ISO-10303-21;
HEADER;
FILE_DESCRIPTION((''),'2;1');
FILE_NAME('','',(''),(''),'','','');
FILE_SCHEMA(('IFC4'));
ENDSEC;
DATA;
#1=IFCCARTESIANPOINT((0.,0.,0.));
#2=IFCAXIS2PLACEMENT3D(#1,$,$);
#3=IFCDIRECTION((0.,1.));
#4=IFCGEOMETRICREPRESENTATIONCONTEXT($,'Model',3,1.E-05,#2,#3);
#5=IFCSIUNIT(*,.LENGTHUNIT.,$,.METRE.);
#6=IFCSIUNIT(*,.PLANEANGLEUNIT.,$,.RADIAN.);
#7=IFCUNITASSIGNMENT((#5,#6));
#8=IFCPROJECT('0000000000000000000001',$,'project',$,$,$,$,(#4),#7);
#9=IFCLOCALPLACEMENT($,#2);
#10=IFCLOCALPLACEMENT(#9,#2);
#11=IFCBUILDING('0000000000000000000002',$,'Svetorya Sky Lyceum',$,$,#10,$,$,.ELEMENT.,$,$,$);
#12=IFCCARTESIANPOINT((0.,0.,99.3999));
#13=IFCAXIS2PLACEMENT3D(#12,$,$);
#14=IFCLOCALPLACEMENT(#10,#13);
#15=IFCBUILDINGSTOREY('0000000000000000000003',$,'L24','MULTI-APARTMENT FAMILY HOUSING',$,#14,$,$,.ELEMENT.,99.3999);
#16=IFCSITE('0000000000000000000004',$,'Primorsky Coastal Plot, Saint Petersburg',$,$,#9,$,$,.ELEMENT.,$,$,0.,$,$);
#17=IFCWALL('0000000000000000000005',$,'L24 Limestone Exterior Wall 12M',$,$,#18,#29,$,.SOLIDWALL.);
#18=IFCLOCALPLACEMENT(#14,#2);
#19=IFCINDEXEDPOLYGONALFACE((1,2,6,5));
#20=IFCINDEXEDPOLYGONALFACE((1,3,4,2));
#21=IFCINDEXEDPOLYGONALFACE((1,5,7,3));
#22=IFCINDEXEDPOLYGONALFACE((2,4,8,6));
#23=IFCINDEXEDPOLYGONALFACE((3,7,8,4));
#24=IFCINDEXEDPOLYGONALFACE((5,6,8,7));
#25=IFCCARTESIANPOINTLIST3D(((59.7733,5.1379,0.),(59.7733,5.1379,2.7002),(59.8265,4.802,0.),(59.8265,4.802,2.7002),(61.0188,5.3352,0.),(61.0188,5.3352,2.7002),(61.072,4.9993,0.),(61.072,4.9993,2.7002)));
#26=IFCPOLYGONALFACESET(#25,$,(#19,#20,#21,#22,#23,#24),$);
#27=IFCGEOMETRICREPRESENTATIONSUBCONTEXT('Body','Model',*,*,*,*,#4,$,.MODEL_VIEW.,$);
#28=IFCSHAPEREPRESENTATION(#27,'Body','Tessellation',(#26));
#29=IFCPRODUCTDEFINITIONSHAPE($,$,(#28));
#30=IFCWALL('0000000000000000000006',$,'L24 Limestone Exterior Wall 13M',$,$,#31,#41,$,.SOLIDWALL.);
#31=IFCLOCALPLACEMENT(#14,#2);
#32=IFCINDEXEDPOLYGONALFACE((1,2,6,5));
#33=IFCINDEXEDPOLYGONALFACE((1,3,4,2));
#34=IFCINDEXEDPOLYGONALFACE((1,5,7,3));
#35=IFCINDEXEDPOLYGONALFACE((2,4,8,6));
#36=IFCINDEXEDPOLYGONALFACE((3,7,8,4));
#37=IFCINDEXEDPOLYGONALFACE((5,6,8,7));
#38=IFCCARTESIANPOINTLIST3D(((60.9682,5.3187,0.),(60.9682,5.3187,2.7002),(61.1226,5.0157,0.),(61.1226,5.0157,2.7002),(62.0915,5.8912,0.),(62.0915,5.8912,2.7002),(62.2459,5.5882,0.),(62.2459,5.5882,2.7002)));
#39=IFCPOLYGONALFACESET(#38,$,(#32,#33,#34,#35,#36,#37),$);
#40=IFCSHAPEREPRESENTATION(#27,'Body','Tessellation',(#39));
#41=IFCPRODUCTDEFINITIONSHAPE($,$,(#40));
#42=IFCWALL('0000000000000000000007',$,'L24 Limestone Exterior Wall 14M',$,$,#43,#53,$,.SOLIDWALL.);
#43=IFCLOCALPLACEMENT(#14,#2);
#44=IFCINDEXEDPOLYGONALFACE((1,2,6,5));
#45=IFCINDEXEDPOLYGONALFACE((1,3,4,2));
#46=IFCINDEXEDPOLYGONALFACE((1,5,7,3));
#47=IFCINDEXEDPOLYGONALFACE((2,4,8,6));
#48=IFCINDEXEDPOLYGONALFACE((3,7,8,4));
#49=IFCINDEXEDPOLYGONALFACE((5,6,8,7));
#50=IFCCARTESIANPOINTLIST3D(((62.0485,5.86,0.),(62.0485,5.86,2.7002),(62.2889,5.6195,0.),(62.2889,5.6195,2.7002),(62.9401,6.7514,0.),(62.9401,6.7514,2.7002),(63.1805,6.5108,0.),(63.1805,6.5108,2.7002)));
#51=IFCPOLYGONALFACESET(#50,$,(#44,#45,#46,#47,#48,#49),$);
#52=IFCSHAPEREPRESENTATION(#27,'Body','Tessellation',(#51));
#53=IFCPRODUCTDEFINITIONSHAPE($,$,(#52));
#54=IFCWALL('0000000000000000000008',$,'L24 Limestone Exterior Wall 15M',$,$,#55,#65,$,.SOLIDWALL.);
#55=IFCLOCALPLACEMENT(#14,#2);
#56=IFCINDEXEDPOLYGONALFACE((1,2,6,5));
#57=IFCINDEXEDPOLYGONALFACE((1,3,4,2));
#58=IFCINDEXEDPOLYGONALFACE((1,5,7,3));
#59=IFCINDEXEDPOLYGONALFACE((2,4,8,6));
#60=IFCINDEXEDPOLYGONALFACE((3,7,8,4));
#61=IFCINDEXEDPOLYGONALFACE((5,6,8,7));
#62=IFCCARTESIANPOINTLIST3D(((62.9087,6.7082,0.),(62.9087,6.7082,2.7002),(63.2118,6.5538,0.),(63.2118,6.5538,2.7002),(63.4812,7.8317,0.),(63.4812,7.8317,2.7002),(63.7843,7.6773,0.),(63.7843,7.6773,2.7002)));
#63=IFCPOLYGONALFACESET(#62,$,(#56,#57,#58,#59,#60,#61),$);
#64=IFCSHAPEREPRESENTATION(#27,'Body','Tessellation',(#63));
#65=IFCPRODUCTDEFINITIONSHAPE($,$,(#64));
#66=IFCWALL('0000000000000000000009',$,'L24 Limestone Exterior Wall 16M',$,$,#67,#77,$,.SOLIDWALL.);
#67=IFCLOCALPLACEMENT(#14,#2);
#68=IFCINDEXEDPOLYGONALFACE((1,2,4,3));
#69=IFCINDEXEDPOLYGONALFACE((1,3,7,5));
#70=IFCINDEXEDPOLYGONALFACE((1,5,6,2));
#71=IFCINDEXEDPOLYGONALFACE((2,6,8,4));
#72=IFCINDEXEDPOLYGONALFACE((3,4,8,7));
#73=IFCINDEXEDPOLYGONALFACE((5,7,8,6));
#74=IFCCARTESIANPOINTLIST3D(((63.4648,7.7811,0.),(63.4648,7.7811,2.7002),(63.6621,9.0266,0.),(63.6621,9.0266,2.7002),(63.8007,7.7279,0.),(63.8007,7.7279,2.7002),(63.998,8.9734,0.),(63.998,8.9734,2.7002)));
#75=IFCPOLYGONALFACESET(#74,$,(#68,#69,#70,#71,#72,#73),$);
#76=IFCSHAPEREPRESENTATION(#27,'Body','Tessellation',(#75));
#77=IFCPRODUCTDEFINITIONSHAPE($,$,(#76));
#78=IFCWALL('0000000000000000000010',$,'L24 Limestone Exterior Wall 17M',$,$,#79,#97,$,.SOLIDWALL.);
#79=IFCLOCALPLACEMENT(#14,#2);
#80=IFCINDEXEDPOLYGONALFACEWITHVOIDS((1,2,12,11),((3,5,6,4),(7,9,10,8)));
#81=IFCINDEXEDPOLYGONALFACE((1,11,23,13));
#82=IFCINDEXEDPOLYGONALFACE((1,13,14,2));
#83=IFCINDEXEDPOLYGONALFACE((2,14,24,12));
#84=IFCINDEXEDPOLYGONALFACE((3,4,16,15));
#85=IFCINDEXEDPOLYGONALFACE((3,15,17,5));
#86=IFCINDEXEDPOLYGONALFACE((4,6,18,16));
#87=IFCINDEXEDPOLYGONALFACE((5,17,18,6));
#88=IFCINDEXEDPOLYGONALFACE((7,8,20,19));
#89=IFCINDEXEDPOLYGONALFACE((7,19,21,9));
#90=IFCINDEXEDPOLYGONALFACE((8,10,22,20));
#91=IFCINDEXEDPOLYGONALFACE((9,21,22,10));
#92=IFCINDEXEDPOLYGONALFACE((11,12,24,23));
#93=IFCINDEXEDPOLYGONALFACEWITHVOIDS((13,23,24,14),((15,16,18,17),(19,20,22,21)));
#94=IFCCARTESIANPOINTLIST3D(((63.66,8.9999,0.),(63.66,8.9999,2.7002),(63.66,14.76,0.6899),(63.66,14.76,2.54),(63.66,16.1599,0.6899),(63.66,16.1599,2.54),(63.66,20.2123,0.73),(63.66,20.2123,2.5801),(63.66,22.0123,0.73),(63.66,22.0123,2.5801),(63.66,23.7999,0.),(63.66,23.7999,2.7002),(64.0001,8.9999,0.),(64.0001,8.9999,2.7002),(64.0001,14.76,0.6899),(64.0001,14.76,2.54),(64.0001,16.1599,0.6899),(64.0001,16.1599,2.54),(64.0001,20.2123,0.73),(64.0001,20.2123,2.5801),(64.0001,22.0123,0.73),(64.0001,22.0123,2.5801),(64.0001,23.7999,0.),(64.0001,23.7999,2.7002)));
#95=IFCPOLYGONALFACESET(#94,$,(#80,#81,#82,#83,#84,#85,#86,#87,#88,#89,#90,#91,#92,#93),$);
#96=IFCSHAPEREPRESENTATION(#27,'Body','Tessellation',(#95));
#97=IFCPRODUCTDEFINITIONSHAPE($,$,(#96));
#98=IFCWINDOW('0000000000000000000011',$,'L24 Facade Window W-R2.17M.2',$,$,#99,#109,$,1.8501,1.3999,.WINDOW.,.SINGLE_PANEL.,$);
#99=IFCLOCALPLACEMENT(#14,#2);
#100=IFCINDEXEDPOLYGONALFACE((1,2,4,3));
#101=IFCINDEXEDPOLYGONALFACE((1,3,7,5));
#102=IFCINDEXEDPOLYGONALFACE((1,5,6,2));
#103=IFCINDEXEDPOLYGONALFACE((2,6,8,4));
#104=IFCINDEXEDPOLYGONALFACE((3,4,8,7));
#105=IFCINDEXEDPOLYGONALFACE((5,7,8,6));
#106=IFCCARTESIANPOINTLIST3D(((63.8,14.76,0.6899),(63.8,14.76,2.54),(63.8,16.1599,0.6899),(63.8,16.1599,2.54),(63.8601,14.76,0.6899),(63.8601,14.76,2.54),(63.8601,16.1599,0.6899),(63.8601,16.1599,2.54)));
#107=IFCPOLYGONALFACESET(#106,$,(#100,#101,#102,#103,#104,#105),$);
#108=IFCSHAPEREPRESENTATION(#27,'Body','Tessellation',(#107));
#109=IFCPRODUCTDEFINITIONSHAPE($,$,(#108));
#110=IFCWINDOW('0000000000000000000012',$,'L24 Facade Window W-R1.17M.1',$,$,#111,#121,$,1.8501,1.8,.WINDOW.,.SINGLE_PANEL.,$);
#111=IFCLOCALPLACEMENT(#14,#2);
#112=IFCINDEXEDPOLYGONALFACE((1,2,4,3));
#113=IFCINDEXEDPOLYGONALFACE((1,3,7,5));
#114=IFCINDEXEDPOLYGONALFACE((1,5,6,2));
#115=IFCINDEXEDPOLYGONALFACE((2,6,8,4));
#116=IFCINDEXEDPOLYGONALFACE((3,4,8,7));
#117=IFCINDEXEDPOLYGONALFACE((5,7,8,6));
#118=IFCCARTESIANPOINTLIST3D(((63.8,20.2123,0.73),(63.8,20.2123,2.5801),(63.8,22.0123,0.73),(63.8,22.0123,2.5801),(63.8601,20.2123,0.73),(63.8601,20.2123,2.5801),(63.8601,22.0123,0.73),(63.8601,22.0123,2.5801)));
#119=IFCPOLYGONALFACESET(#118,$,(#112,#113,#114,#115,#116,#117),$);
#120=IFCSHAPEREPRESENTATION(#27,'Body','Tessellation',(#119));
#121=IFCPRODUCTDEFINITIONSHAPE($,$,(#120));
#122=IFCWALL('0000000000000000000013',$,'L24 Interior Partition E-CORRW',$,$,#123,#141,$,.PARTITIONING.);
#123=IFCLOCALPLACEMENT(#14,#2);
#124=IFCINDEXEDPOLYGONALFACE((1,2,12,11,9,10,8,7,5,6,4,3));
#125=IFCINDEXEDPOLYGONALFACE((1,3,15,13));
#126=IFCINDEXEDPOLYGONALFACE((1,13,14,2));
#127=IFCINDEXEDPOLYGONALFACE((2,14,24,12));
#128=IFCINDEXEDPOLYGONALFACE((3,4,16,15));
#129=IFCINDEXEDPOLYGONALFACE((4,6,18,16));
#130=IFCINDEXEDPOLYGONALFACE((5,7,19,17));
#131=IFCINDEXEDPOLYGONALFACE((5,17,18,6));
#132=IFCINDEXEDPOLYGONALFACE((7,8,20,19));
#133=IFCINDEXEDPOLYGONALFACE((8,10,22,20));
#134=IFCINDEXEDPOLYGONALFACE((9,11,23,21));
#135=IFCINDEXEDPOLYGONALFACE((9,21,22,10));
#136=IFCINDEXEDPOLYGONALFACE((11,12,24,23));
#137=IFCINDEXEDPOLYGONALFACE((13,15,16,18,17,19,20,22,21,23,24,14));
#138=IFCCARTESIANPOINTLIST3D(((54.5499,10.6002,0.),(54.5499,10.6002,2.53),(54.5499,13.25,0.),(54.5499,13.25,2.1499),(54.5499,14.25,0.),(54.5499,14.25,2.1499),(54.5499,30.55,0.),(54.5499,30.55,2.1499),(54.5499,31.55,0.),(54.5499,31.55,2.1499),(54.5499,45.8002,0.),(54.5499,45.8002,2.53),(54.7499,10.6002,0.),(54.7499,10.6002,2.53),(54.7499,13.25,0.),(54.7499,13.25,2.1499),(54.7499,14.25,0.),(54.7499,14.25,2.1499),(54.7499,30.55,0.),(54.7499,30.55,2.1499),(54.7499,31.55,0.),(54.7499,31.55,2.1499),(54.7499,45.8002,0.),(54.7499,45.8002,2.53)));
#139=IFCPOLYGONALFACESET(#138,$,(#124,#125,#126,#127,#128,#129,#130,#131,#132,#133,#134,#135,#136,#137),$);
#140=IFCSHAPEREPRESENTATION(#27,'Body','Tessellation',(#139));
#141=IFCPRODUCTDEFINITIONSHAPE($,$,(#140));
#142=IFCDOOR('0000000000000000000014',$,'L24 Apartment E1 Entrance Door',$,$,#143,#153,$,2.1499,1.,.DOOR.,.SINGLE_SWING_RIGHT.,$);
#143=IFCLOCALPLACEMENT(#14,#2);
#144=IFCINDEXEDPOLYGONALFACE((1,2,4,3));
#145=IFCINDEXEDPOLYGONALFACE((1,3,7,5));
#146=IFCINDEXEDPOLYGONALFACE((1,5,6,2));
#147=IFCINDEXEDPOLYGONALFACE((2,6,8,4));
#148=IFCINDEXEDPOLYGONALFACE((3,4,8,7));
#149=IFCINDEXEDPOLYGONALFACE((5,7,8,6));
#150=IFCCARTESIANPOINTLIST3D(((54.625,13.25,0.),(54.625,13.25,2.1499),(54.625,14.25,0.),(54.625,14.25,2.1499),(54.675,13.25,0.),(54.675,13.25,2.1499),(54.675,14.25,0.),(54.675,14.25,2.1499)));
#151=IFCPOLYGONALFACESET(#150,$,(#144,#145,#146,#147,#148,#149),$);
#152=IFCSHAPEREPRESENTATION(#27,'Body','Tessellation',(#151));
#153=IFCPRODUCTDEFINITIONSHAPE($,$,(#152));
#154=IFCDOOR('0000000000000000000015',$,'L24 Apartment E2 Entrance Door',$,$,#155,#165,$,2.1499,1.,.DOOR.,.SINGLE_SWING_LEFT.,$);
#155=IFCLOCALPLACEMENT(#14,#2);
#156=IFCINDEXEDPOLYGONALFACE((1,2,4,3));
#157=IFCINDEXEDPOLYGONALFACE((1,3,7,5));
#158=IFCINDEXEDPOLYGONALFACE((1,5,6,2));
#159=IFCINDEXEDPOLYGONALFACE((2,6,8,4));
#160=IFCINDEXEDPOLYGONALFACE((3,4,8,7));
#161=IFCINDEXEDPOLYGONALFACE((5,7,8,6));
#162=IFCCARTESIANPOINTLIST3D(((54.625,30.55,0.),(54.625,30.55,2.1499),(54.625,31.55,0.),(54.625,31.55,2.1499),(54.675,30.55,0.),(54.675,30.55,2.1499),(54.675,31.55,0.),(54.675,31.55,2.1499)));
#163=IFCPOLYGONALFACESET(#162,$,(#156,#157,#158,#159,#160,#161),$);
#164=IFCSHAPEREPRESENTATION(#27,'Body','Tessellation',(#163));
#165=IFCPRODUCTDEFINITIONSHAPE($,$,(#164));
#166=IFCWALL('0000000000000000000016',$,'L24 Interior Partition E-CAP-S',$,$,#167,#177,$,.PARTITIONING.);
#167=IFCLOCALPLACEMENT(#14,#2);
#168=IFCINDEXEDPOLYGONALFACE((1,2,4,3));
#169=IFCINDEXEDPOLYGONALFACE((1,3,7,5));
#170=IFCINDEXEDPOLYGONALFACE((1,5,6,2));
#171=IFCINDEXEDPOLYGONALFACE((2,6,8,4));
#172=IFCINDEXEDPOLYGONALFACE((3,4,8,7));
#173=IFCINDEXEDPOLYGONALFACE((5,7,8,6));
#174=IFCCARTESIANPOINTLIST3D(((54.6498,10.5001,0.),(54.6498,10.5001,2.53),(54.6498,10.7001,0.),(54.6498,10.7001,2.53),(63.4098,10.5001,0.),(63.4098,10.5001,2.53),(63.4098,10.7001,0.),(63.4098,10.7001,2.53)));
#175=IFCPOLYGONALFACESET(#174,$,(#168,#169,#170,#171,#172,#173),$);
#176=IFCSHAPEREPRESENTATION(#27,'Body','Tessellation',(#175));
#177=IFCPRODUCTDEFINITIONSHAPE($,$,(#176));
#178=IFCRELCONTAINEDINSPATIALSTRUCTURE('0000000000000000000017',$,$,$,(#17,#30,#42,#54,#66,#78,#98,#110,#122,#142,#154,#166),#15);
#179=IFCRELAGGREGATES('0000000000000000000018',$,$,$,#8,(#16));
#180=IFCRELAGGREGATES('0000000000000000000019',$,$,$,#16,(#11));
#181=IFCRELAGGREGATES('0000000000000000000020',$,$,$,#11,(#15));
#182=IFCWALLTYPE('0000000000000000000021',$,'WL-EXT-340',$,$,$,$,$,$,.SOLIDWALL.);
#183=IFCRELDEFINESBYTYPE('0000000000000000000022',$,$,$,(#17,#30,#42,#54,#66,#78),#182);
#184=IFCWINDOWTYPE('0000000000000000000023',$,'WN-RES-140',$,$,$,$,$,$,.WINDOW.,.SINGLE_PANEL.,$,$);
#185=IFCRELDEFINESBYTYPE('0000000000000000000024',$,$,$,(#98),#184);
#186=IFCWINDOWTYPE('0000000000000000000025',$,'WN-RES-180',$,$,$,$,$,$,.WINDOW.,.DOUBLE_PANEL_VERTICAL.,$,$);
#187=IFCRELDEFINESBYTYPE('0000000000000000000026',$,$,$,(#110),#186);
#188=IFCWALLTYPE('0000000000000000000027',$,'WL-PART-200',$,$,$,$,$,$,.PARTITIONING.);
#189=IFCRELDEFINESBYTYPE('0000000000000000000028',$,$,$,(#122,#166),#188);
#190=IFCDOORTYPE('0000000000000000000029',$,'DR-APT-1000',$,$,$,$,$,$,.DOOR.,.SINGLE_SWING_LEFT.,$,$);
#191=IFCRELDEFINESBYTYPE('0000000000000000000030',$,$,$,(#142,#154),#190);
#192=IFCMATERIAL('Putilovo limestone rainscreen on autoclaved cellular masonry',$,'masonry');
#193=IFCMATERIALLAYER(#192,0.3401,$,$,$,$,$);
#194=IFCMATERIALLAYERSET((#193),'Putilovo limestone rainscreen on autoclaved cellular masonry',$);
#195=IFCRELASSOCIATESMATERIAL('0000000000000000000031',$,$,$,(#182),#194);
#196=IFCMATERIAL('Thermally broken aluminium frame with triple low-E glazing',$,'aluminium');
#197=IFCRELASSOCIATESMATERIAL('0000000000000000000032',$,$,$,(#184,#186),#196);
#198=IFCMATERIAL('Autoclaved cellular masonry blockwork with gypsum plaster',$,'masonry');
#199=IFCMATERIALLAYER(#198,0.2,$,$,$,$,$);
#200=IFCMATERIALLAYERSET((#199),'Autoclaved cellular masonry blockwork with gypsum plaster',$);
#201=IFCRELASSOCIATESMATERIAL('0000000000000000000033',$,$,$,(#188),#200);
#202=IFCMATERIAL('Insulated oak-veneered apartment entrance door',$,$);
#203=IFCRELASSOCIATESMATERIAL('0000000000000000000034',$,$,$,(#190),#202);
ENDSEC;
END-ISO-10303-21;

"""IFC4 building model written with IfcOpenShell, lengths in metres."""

from ifc_helpers import new_model, si_unit, direction, frame, frame_2d, origin, place, context, subcontext, project, spatial, rectangle, extrude, material, layer, layer_set, type_object, element, fill, save


model = new_model("IFC4")

# Units and contexts
model_context = context("Model", 3, precision=1e-05, world=origin(), true_north=direction((0.0, 1.0)))
body_context = subcontext(model_context, "Body", "Model", "MODEL_VIEW")
ifc_project = project(units=[si_unit("LENGTHUNIT", "METRE"), si_unit("PLANEANGLEUNIT", "RADIAN")], contexts=[model_context])

# Site, building, storey
site_placement = place(None, origin())
site = spatial("IfcSite", under=ifc_project, at=site_placement, Name="Primorsky Coastal Plot, Saint Petersburg", CompositionType="ELEMENT", RefElevation=0.0)
building_placement = place(site_placement, origin())
building = spatial("IfcBuilding", under=site, at=building_placement, Name="Svetorya Sky Lyceum", CompositionType="ELEMENT")
storey_placement = place(building_placement, frame((0.0, 0.0, 99.3999)))
storey = spatial("IfcBuildingStorey", under=building, at=storey_placement, Name="L24", Description="MULTI-APARTMENT FAMILY HOUSING", CompositionType="ELEMENT", Elevation=99.3999)

# Shared definitions
ifc_material_1 = material(Name="Putilovo limestone rainscreen on autoclaved cellular masonry", Category="masonry")
ifc_layer_1 = layer(ifc_material_1, 0.3401)
ifc_layer_set_1 = layer_set([ifc_layer_1], Name="Putilovo limestone rainscreen on autoclaved cellular masonry")
wall_type_1 = type_object("IfcWallType", Name="WL-EXT-340", PredefinedType="SOLIDWALL", material=ifc_layer_set_1)
ifc_material_2 = material(Name="Thermally broken aluminium frame with triple low-E glazing", Category="aluminium")

# Walls
wall_1_placement = place(storey_placement, frame((59.8, 4.97, 0.0), z_axis=(0.0, 0.0, 1.0), x_axis=(0.987686, 0.15645, 0.0)))
element("IfcWall", 1, at=wall_1_placement, inside=storey, type_object=wall_type_1, Name="L24 Limestone Exterior Wall 12M", PredefinedType="SOLIDWALL", context=body_context, shape_type="SweptSolid", body=[
    extrude(rectangle(XDim=1.261, YDim=0.3401, at=frame_2d((0.6304, 0.0))), origin(), (0.0, 0.0, 1.0), 2.7002),
])
for number, where, z_axis, x_axis, name in (
    (2, (61.0454, 5.1672, 0.0), (0.0, 0.0, 1.0), (0.890954, 0.454094, 0.0), "L24 Limestone Exterior Wall 13M"),
    (3, (62.1687, 5.7397, 0.0), (0.0, 0.0, 1.0), (0.707204, 0.70701, 0.0), "L24 Limestone Exterior Wall 14M"),
):
    element("IfcWall", number, at=place(storey_placement, frame(where, z_axis=z_axis, x_axis=x_axis)), inside=storey, type_object=wall_type_1, Name=name, PredefinedType="SOLIDWALL", context=body_context, shape_type="SweptSolid", body=[
        extrude(rectangle(XDim=1.2607, YDim=0.3401, at=frame_2d((0.6304, 0.0))), origin(), (0.0, 0.0, 1.0), 2.7002),
    ])
for number, where, z_axis, x_axis, name in (
    (4, (63.0603, 6.6311, 0.0), (0.0, 0.0, 1.0), (0.454016, 0.890994, 0.0), "L24 Limestone Exterior Wall 15M"),
    (5, (63.6328, 7.7546, 0.0), (0.0, 0.0, 1.0), (0.15645, 0.987686, 0.0), "L24 Limestone Exterior Wall 16M"),
):
    element("IfcWall", number, at=place(storey_placement, frame(where, z_axis=z_axis, x_axis=x_axis)), inside=storey, type_object=wall_type_1, Name=name, PredefinedType="SOLIDWALL", context=body_context, shape_type="SweptSolid", body=[
        extrude(rectangle(XDim=1.261, YDim=0.3401, at=frame_2d((0.6304, 0.0))), origin(), (0.0, 0.0, 1.0), 2.7002),
    ])

# Wall, openings, windows
wall_2_placement = place(storey_placement, frame((63.8301, 9.0, 0.0), z_axis=(0.0, 0.0, 1.0), x_axis=(0.0, 1.0, 0.0)))
wall_2 = element("IfcWall", 6, at=wall_2_placement, inside=storey, type_object=wall_type_1, Name="L24 Limestone Exterior Wall 17M", PredefinedType="SOLIDWALL", context=body_context, shape_type="SweptSolid", body=[
    extrude(rectangle(XDim=14.8, YDim=0.3401, at=frame_2d((7.3999, 0.0))), origin(), (0.0, 0.0, 1.0), 2.7002),
])
opening_1_placement = place(wall_2_placement, frame((5.76, 0.0, 0.6899)))
opening_1 = element("IfcOpeningElement", 7, at=opening_1_placement, cuts=wall_2, PredefinedType="OPENING", context=body_context, shape_type="SweptSolid", body=[
    extrude(rectangle(XDim=1.3999, YDim=1.8501, at=frame_2d((0.7, 0.925))), frame((0.0, 0.1799, 0.0), z_axis=(0.0, -1.0, 0.0), x_axis=(1.0, 0.0, 0.0)), (0.0, 0.0, 1.0), 0.3601),
])
opening_2_placement = place(wall_2_placement, frame((11.2124, 0.0, 0.73)))
opening_2 = element("IfcOpeningElement", 8, at=opening_2_placement, cuts=wall_2, PredefinedType="OPENING", context=body_context, shape_type="SweptSolid", body=[
    extrude(rectangle(XDim=1.8, YDim=1.8501, at=frame_2d((0.8999, 0.925))), frame((0.0, 0.1799, 0.0), z_axis=(0.0, -1.0, 0.0), x_axis=(1.0, 0.0, 0.0)), (0.0, 0.0, 1.0), 0.3601),
])
window_type_1 = type_object("IfcWindowType", Name="WN-RES-140", PartitioningType="SINGLE_PANEL", PredefinedType="WINDOW", material=ifc_material_2)
window_1_placement = place(opening_1_placement, origin())
window_1 = element("IfcWindow", 9, at=window_1_placement, inside=storey, type_object=window_type_1, Name="L24 Facade Window W-R2.17M.2", OverallHeight=1.8501, OverallWidth=1.3999, PartitioningType="SINGLE_PANEL", PredefinedType="WINDOW", context=body_context, shape_type="SweptSolid", body=[
    extrude(rectangle(XDim=1.3999, YDim=1.8501, at=frame_2d((0.7, 0.925))), frame((0.0, 0.03, 0.0), z_axis=(0.0, -1.0, 0.0), x_axis=(1.0, 0.0, 0.0)), (0.0, 0.0, 1.0), 0.0601),
])
fill(opening_1, window_1)
window_type_2 = type_object("IfcWindowType", Name="WN-RES-180", PartitioningType="DOUBLE_PANEL_VERTICAL", PredefinedType="WINDOW", material=ifc_material_2)
window_2_placement = place(opening_2_placement, origin())
window_2 = element("IfcWindow", 10, at=window_2_placement, inside=storey, type_object=window_type_2, Name="L24 Facade Window W-R1.17M.1", OverallHeight=1.8501, OverallWidth=1.8, PartitioningType="SINGLE_PANEL", PredefinedType="WINDOW", context=body_context, shape_type="SweptSolid", body=[
    extrude(rectangle(XDim=1.8, YDim=1.8501, at=frame_2d((0.8999, 0.925))), frame((0.0, 0.03, 0.0), z_axis=(0.0, -1.0, 0.0), x_axis=(1.0, 0.0, 0.0)), (0.0, 0.0, 1.0), 0.0601),
])
fill(opening_2, window_2)

# Wall, openings, doors
ifc_material_3 = material(Name="Autoclaved cellular masonry blockwork with gypsum plaster", Category="masonry")
ifc_layer_2 = layer(ifc_material_3, 0.2)
ifc_layer_set_2 = layer_set([ifc_layer_2], Name="Autoclaved cellular masonry blockwork with gypsum plaster")
wall_type_2 = type_object("IfcWallType", Name="WL-PART-200", PredefinedType="PARTITIONING", material=ifc_layer_set_2)
wall_3_placement = place(storey_placement, frame((54.6499, 10.6001, 0.0), z_axis=(0.0, 0.0, 1.0), x_axis=(0.0, 1.0, 0.0)))
wall_3 = element("IfcWall", 11, at=wall_3_placement, inside=storey, type_object=wall_type_2, Name="L24 Interior Partition E-CORRW", PredefinedType="PARTITIONING", context=body_context, shape_type="SweptSolid", body=[
    extrude(rectangle(XDim=35.2, YDim=0.2, at=frame_2d((17.6001, 0.0))), origin(), (0.0, 0.0, 1.0), 2.53),
])
opening_3_placement = place(wall_3_placement, frame((2.6499, 0.0, 0.0)))
opening_3 = element("IfcOpeningElement", 12, at=opening_3_placement, cuts=wall_3, PredefinedType="OPENING", context=body_context, shape_type="SweptSolid", body=[
    extrude(rectangle(XDim=1.0, YDim=2.1499, at=frame_2d((0.5, 1.075))), frame((0.0, 0.1099, 0.0), z_axis=(0.0, -1.0, 0.0), x_axis=(1.0, 0.0, 0.0)), (0.0, 0.0, 1.0), 0.22),
])
opening_4_placement = place(wall_3_placement, frame((19.95, 0.0, 0.0)))
opening_4 = element("IfcOpeningElement", 13, at=opening_4_placement, cuts=wall_3, PredefinedType="OPENING", context=body_context, shape_type="SweptSolid", body=[
    extrude(rectangle(XDim=1.0, YDim=2.1499, at=frame_2d((0.5, 1.075))), frame((0.0, 0.1099, 0.0), z_axis=(0.0, -1.0, 0.0), x_axis=(1.0, 0.0, 0.0)), (0.0, 0.0, 1.0), 0.22),
])
ifc_material_4 = material(Name="Insulated oak-veneered apartment entrance door")
door_type_1 = type_object("IfcDoorType", Name="DR-APT-1000", OperationType="SINGLE_SWING_LEFT", PredefinedType="DOOR", material=ifc_material_4)
door_1_placement = place(opening_3_placement, origin())
door_1 = element("IfcDoor", 14, at=door_1_placement, inside=storey, type_object=door_type_1, Name="L24 Apartment E1 Entrance Door", OperationType="SINGLE_SWING_RIGHT", OverallHeight=2.1499, OverallWidth=1.0, PredefinedType="DOOR", context=body_context, shape_type="SweptSolid", body=[
    extrude(rectangle(XDim=1.0, YDim=2.1499, at=frame_2d((0.5, 1.075))), frame((0.0, 0.0249, 0.0), z_axis=(0.0, -1.0, 0.0), x_axis=(1.0, 0.0, 0.0)), (0.0, 0.0, 1.0), 0.05),
])
fill(opening_3, door_1)
door_2_placement = place(opening_4_placement, origin())
door_2 = element("IfcDoor", 15, at=door_2_placement, inside=storey, type_object=door_type_1, Name="L24 Apartment E2 Entrance Door", OperationType="SINGLE_SWING_LEFT", OverallHeight=2.1499, OverallWidth=1.0, PredefinedType="DOOR", context=body_context, shape_type="SweptSolid", body=[
    extrude(rectangle(XDim=1.0, YDim=2.1499, at=frame_2d((0.5, 1.075))), frame((0.0, 0.0249, 0.0), z_axis=(0.0, -1.0, 0.0), x_axis=(1.0, 0.0, 0.0)), (0.0, 0.0, 1.0), 0.05),
])
fill(opening_4, door_2)

# Wall
wall_4_placement = place(storey_placement, frame((54.6499, 10.6001, 0.0), z_axis=(0.0, 0.0, 1.0), x_axis=(1.0, 0.0, 0.0)))
element("IfcWall", 16, at=wall_4_placement, inside=storey, type_object=wall_type_2, Name="L24 Interior Partition E-CAP-S", PredefinedType="PARTITIONING", context=body_context, shape_type="SweptSolid", body=[
    extrude(rectangle(XDim=8.76, YDim=0.2, at=frame_2d((4.3799, 0.0))), origin(), (0.0, 0.0, 1.0), 2.53),
])

save(model, "model.ifc")
